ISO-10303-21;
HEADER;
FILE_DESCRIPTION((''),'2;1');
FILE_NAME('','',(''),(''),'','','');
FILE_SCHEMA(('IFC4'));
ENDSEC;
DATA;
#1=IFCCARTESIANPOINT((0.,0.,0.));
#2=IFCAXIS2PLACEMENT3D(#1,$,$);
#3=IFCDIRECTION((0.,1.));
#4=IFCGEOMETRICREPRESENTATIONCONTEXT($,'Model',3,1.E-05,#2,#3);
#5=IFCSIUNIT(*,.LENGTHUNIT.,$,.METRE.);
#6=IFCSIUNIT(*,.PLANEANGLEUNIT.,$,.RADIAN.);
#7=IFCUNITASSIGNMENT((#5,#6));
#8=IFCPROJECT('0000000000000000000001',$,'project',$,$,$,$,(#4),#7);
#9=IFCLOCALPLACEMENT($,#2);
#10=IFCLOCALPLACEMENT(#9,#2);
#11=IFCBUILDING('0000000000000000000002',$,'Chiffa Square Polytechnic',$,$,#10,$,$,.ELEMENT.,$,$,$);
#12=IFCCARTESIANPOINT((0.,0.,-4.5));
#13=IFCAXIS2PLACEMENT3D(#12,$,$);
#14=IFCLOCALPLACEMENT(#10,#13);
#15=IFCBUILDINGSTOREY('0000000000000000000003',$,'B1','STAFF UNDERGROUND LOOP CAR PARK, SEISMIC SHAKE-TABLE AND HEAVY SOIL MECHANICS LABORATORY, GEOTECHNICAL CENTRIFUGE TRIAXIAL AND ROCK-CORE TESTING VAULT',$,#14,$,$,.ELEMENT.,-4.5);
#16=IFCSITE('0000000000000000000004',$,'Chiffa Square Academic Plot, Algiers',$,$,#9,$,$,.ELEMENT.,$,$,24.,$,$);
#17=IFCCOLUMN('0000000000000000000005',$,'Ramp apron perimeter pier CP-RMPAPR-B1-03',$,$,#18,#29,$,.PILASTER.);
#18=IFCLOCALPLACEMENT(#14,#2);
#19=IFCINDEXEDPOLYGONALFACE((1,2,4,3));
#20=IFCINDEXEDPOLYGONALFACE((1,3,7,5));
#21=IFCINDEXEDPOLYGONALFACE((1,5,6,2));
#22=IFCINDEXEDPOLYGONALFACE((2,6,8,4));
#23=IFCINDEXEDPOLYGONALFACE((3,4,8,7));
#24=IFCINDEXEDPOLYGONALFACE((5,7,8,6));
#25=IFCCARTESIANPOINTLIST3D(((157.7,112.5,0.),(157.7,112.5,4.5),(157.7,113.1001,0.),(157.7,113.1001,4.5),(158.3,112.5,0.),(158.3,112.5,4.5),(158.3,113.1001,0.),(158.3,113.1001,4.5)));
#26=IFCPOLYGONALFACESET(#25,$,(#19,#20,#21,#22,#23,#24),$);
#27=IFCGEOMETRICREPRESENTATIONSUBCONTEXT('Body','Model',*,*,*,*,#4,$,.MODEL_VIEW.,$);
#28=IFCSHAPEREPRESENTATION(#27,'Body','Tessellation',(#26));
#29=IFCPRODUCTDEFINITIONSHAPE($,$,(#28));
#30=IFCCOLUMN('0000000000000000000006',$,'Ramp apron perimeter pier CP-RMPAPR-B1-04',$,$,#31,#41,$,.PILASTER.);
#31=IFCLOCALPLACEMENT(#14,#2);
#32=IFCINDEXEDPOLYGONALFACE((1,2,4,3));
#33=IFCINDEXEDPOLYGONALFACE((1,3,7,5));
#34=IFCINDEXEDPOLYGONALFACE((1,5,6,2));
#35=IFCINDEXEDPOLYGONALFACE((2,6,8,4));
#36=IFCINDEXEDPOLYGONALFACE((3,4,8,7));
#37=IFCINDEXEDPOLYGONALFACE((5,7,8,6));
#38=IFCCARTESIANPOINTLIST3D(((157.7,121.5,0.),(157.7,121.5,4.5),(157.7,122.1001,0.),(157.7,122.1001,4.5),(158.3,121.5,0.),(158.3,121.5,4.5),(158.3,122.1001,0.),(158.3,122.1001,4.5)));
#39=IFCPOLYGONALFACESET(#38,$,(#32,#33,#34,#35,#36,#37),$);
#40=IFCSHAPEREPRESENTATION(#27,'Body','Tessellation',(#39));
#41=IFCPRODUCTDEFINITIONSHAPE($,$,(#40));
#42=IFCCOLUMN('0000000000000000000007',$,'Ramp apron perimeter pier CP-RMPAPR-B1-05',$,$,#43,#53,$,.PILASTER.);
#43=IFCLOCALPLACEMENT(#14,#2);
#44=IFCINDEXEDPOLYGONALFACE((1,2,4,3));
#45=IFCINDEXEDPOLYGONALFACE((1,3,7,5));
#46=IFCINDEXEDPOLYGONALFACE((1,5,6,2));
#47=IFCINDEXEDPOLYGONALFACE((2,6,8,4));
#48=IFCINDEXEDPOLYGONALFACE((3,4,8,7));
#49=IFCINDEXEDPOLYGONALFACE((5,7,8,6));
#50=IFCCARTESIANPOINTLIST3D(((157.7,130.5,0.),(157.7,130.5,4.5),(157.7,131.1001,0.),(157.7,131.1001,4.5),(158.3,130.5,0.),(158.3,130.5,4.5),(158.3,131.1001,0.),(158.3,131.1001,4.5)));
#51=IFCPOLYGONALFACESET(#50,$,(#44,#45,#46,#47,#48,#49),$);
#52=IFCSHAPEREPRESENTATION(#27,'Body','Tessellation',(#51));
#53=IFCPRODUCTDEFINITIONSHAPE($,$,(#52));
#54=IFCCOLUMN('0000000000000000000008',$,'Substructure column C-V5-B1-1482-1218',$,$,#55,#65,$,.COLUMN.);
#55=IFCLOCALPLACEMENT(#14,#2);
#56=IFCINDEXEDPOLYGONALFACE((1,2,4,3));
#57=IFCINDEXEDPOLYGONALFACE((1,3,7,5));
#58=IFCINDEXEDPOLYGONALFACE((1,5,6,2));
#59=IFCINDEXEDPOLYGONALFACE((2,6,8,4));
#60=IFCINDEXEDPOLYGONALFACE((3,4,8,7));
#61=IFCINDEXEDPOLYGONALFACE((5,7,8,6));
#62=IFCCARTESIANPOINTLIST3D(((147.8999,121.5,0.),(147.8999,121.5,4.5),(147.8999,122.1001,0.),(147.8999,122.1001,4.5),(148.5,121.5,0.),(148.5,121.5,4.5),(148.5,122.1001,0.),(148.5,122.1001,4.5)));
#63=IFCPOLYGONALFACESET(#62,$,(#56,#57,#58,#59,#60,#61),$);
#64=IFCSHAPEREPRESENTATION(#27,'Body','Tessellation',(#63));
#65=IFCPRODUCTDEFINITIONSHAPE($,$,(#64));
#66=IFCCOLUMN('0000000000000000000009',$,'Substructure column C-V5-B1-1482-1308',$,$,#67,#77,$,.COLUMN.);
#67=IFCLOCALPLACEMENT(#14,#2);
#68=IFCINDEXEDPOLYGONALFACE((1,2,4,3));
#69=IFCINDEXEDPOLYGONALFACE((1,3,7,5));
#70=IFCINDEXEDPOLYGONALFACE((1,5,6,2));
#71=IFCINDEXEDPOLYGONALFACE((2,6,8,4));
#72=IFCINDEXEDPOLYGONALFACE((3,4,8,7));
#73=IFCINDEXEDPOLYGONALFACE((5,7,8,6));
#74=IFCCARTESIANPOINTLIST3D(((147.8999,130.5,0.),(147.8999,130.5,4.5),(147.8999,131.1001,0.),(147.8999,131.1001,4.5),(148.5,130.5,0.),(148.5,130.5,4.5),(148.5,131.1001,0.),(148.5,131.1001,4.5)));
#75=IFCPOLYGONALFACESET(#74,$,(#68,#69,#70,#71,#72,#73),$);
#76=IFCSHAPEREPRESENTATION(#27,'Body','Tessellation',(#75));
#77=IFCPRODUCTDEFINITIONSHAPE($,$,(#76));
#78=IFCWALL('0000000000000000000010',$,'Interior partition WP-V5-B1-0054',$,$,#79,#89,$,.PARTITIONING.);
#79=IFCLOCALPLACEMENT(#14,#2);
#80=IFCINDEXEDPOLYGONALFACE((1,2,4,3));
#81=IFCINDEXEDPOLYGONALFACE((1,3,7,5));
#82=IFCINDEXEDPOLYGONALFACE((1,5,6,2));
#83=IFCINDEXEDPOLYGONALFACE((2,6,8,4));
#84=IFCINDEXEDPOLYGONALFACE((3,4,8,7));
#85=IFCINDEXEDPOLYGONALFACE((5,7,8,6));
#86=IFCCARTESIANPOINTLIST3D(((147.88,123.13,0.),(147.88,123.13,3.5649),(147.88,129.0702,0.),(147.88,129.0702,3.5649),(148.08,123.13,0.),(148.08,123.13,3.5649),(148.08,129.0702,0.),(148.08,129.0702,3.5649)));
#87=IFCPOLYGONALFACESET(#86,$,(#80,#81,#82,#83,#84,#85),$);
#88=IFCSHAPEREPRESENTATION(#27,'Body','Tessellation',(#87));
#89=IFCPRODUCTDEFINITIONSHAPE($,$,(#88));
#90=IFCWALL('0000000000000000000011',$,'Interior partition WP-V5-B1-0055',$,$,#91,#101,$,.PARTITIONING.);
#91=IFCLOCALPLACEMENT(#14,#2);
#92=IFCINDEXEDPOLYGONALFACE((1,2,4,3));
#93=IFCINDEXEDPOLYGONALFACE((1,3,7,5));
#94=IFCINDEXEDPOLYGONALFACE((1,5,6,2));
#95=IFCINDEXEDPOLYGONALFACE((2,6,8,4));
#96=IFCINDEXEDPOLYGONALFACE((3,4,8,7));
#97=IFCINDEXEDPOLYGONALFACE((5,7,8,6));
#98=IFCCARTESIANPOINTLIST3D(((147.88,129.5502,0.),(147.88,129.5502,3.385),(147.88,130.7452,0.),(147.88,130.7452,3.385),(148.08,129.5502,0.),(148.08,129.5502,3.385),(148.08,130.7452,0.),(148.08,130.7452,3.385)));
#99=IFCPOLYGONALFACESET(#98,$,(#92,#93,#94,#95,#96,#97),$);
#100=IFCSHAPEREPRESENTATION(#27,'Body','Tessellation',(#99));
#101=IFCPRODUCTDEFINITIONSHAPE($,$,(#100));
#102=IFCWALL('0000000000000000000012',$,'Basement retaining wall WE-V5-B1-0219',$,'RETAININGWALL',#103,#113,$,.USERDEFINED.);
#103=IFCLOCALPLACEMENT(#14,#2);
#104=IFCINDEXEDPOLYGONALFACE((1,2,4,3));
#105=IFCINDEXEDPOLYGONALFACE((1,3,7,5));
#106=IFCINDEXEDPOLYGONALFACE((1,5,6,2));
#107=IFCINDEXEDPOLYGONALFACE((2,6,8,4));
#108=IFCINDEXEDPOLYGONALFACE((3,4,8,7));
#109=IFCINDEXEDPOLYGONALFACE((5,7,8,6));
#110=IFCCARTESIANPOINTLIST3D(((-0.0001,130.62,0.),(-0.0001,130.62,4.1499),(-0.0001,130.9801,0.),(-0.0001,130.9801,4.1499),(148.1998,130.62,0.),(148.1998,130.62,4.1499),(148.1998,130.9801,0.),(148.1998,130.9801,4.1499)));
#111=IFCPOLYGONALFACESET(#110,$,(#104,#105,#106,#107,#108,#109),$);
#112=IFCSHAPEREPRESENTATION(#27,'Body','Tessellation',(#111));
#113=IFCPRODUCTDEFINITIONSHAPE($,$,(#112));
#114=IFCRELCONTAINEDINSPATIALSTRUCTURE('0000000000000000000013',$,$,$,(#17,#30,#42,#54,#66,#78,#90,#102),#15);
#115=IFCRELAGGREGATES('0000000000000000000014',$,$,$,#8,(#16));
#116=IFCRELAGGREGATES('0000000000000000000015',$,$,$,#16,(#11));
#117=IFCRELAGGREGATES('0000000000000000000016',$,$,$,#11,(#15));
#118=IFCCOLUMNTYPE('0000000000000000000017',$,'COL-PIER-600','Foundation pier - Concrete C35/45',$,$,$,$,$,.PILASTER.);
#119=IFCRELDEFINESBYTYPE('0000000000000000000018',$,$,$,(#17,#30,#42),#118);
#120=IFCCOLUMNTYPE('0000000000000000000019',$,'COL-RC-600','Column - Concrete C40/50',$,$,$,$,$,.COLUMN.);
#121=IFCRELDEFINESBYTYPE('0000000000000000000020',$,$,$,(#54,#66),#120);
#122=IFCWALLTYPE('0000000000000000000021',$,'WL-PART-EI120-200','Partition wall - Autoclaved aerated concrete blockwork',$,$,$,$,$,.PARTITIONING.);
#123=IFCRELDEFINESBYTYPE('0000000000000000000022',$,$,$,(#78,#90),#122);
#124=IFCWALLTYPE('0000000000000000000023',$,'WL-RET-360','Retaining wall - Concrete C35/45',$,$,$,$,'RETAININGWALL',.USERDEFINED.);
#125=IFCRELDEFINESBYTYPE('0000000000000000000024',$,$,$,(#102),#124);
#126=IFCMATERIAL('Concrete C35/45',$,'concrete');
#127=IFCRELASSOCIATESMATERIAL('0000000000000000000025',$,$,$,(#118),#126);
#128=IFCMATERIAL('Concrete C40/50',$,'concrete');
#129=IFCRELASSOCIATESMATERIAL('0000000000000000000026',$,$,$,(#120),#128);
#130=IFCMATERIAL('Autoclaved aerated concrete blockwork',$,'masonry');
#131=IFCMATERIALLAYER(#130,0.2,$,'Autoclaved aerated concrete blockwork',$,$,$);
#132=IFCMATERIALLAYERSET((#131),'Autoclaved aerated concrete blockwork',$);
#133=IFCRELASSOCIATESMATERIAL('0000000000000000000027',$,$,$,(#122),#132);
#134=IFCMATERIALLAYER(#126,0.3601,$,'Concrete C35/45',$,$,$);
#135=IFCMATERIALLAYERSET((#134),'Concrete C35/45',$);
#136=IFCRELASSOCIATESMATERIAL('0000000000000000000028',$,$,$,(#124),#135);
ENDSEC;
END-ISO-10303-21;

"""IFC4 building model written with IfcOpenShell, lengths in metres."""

from ifc_helpers import new_model, si_unit, direction, frame, frame_2d, origin, origin_2d, place, context, subcontext, project, spatial, rectangle, extrude, material, layer, layer_set, material_profile, profile_set, type_object, element, save


model = new_model("IFC4")

# Units and contexts
model_context = context("Model", 3, precision=1e-05, world=origin(), true_north=direction((0.0, 1.0)))
body_context = subcontext(model_context, "Body", "Model", "MODEL_VIEW")
ifc_project = project(units=[si_unit("LENGTHUNIT", "METRE"), si_unit("PLANEANGLEUNIT", "RADIAN")], contexts=[model_context])

# Site, building, storey
site_placement = place(None, origin())
site = spatial("IfcSite", under=ifc_project, at=site_placement, Name="Chiffa Square Academic Plot, Algiers", CompositionType="ELEMENT", RefElevation=24.0)
building_placement = place(site_placement, origin())
building = spatial("IfcBuilding", under=site, at=building_placement, Name="Chiffa Square Polytechnic", CompositionType="ELEMENT")
storey_placement = place(building_placement, frame((0.0, 0.0, -4.5)))
storey = spatial("IfcBuildingStorey", under=building, at=storey_placement, Name="B1", Description="STAFF UNDERGROUND LOOP CAR PARK, SEISMIC SHAKE-TABLE AND HEAVY SOIL MECHANICS LABORATORY, GEOTECHNICAL CENTRIFUGE TRIAXIAL AND ROCK-CORE TESTING VAULT", CompositionType="ELEMENT", Elevation=-4.5)

# Shared definitions
ifc_material_1 = material(Name="Concrete C35/45", Category="concrete")

# Columns
ifc_material_profile_1 = material_profile(ifc_material_1, rectangle(XDim=0.6001, YDim=0.6001, at=origin_2d()), Name="RC 600x600")
ifc_profile_set_1 = profile_set([ifc_material_profile_1], Name="Concrete C35/45")
column_type_1 = type_object("IfcColumnType", Name="COL-PIER-600", Description="Foundation pier - Concrete C35/45", PredefinedType="PILASTER", material=ifc_profile_set_1)
for number, where, z_axis, x_axis, name in (
    (1, (158.0, 112.8, 0.0), (0.0, 0.0, 1.0), (1.0, 0.0, 0.0), "Ramp apron perimeter pier CP-RMPAPR-B1-03"),
    (2, (158.0, 121.8, 0.0), (0.0, 0.0, 1.0), (1.0, 0.0, 0.0), "Ramp apron perimeter pier CP-RMPAPR-B1-04"),
    (3, (158.0, 130.8, 0.0), (0.0, 0.0, 1.0), (1.0, 0.0, 0.0), "Ramp apron perimeter pier CP-RMPAPR-B1-05"),
):
    element("IfcColumn", number, at=place(storey_placement, frame(where, z_axis=z_axis, x_axis=x_axis)), inside=storey, type_object=column_type_1, Name=name, PredefinedType="PILASTER", context=body_context, shape_type="SweptSolid", body=[
        extrude(rectangle(XDim=0.6001, YDim=0.6001, at=origin_2d()), origin(), (0.0, 0.0, 1.0), 4.5),
    ])
ifc_material_2 = material(Name="Concrete C40/50", Category="concrete")
ifc_material_profile_2 = material_profile(ifc_material_2, rectangle(XDim=0.6001, YDim=0.6001, at=origin_2d()), Name="RC 600x600")
ifc_profile_set_2 = profile_set([ifc_material_profile_2], Name="Concrete C40/50")
column_type_2 = type_object("IfcColumnType", Name="COL-RC-600", Description="Column - Concrete C40/50", PredefinedType="COLUMN", material=ifc_profile_set_2)
for number, where, z_axis, x_axis, name in (
    (4, (148.2, 121.8, 0.0), (0.0, 0.0, 1.0), (1.0, 0.0, 0.0), "Substructure column C-V5-B1-1482-1218"),
    (5, (148.2, 130.8, 0.0), (0.0, 0.0, 1.0), (1.0, 0.0, 0.0), "Substructure column C-V5-B1-1482-1308"),
):
    element("IfcColumn", number, at=place(storey_placement, frame(where, z_axis=z_axis, x_axis=x_axis)), inside=storey, type_object=column_type_2, Name=name, PredefinedType="COLUMN", context=body_context, shape_type="SweptSolid", body=[
        extrude(rectangle(XDim=0.6001, YDim=0.6001, at=origin_2d()), origin(), (0.0, 0.0, 1.0), 4.5),
    ])

# Walls
ifc_material_3 = material(Name="Autoclaved aerated concrete blockwork", Category="masonry")
ifc_layer_1 = layer(ifc_material_3, 0.2, Name="Autoclaved aerated concrete blockwork")
ifc_layer_set_1 = layer_set([ifc_layer_1], Name="Autoclaved aerated concrete blockwork")
wall_type_1 = type_object("IfcWallType", Name="WL-PART-EI120-200", Description="Partition wall - Autoclaved aerated concrete blockwork", PredefinedType="PARTITIONING", material=ifc_layer_set_1)
wall_1_placement = place(storey_placement, frame((147.98, 123.1299, 0.0), z_axis=(0.0, 0.0, 1.0), x_axis=(0.0, 1.0, 0.0)))
element("IfcWall", 6, at=wall_1_placement, inside=storey, type_object=wall_type_1, Name="Interior partition WP-V5-B1-0054", PredefinedType="PARTITIONING", context=body_context, shape_type="SweptSolid", body=[
    extrude(rectangle(XDim=5.9402, YDim=0.2, at=frame_2d((2.9702, 0.0))), origin(), (0.0, 0.0, 1.0), 3.5649),
])
wall_2_placement = place(storey_placement, frame((147.98, 129.55, 0.0), z_axis=(0.0, 0.0, 1.0), x_axis=(0.0, 1.0, 0.0)))
element("IfcWall", 7, at=wall_2_placement, inside=storey, type_object=wall_type_1, Name="Interior partition WP-V5-B1-0055", PredefinedType="PARTITIONING", context=body_context, shape_type="SweptSolid", body=[
    extrude(rectangle(XDim=1.1951, YDim=0.2, at=frame_2d((0.5977, 0.0))), origin(), (0.0, 0.0, 1.0), 3.385),
])
ifc_layer_2 = layer(ifc_material_1, 0.3601, Name="Concrete C35/45")
ifc_layer_set_2 = layer_set([ifc_layer_2], Name="Concrete C35/45")
wall_type_2 = type_object("IfcWallType", Name="WL-RET-360", Description="Retaining wall - Concrete C35/45", ElementType="RETAININGWALL", PredefinedType="USERDEFINED", material=ifc_layer_set_2)
wall_3_placement = place(storey_placement, frame((148.2, 130.8, 0.0), z_axis=(0.0, 0.0, 1.0), x_axis=(-1.0, 0.0, 0.0)))
element("IfcWall", 8, at=wall_3_placement, inside=storey, type_object=wall_type_2, Name="Basement retaining wall WE-V5-B1-0219", ObjectType="RETAININGWALL", PredefinedType="USERDEFINED", context=body_context, shape_type="SweptSolid", body=[
    extrude(rectangle(XDim=148.2, YDim=0.3601, at=frame_2d((74.1001, 0.0))), origin(), (0.0, 0.0, 1.0), 4.1499),
])

save(model, "model.ifc")
